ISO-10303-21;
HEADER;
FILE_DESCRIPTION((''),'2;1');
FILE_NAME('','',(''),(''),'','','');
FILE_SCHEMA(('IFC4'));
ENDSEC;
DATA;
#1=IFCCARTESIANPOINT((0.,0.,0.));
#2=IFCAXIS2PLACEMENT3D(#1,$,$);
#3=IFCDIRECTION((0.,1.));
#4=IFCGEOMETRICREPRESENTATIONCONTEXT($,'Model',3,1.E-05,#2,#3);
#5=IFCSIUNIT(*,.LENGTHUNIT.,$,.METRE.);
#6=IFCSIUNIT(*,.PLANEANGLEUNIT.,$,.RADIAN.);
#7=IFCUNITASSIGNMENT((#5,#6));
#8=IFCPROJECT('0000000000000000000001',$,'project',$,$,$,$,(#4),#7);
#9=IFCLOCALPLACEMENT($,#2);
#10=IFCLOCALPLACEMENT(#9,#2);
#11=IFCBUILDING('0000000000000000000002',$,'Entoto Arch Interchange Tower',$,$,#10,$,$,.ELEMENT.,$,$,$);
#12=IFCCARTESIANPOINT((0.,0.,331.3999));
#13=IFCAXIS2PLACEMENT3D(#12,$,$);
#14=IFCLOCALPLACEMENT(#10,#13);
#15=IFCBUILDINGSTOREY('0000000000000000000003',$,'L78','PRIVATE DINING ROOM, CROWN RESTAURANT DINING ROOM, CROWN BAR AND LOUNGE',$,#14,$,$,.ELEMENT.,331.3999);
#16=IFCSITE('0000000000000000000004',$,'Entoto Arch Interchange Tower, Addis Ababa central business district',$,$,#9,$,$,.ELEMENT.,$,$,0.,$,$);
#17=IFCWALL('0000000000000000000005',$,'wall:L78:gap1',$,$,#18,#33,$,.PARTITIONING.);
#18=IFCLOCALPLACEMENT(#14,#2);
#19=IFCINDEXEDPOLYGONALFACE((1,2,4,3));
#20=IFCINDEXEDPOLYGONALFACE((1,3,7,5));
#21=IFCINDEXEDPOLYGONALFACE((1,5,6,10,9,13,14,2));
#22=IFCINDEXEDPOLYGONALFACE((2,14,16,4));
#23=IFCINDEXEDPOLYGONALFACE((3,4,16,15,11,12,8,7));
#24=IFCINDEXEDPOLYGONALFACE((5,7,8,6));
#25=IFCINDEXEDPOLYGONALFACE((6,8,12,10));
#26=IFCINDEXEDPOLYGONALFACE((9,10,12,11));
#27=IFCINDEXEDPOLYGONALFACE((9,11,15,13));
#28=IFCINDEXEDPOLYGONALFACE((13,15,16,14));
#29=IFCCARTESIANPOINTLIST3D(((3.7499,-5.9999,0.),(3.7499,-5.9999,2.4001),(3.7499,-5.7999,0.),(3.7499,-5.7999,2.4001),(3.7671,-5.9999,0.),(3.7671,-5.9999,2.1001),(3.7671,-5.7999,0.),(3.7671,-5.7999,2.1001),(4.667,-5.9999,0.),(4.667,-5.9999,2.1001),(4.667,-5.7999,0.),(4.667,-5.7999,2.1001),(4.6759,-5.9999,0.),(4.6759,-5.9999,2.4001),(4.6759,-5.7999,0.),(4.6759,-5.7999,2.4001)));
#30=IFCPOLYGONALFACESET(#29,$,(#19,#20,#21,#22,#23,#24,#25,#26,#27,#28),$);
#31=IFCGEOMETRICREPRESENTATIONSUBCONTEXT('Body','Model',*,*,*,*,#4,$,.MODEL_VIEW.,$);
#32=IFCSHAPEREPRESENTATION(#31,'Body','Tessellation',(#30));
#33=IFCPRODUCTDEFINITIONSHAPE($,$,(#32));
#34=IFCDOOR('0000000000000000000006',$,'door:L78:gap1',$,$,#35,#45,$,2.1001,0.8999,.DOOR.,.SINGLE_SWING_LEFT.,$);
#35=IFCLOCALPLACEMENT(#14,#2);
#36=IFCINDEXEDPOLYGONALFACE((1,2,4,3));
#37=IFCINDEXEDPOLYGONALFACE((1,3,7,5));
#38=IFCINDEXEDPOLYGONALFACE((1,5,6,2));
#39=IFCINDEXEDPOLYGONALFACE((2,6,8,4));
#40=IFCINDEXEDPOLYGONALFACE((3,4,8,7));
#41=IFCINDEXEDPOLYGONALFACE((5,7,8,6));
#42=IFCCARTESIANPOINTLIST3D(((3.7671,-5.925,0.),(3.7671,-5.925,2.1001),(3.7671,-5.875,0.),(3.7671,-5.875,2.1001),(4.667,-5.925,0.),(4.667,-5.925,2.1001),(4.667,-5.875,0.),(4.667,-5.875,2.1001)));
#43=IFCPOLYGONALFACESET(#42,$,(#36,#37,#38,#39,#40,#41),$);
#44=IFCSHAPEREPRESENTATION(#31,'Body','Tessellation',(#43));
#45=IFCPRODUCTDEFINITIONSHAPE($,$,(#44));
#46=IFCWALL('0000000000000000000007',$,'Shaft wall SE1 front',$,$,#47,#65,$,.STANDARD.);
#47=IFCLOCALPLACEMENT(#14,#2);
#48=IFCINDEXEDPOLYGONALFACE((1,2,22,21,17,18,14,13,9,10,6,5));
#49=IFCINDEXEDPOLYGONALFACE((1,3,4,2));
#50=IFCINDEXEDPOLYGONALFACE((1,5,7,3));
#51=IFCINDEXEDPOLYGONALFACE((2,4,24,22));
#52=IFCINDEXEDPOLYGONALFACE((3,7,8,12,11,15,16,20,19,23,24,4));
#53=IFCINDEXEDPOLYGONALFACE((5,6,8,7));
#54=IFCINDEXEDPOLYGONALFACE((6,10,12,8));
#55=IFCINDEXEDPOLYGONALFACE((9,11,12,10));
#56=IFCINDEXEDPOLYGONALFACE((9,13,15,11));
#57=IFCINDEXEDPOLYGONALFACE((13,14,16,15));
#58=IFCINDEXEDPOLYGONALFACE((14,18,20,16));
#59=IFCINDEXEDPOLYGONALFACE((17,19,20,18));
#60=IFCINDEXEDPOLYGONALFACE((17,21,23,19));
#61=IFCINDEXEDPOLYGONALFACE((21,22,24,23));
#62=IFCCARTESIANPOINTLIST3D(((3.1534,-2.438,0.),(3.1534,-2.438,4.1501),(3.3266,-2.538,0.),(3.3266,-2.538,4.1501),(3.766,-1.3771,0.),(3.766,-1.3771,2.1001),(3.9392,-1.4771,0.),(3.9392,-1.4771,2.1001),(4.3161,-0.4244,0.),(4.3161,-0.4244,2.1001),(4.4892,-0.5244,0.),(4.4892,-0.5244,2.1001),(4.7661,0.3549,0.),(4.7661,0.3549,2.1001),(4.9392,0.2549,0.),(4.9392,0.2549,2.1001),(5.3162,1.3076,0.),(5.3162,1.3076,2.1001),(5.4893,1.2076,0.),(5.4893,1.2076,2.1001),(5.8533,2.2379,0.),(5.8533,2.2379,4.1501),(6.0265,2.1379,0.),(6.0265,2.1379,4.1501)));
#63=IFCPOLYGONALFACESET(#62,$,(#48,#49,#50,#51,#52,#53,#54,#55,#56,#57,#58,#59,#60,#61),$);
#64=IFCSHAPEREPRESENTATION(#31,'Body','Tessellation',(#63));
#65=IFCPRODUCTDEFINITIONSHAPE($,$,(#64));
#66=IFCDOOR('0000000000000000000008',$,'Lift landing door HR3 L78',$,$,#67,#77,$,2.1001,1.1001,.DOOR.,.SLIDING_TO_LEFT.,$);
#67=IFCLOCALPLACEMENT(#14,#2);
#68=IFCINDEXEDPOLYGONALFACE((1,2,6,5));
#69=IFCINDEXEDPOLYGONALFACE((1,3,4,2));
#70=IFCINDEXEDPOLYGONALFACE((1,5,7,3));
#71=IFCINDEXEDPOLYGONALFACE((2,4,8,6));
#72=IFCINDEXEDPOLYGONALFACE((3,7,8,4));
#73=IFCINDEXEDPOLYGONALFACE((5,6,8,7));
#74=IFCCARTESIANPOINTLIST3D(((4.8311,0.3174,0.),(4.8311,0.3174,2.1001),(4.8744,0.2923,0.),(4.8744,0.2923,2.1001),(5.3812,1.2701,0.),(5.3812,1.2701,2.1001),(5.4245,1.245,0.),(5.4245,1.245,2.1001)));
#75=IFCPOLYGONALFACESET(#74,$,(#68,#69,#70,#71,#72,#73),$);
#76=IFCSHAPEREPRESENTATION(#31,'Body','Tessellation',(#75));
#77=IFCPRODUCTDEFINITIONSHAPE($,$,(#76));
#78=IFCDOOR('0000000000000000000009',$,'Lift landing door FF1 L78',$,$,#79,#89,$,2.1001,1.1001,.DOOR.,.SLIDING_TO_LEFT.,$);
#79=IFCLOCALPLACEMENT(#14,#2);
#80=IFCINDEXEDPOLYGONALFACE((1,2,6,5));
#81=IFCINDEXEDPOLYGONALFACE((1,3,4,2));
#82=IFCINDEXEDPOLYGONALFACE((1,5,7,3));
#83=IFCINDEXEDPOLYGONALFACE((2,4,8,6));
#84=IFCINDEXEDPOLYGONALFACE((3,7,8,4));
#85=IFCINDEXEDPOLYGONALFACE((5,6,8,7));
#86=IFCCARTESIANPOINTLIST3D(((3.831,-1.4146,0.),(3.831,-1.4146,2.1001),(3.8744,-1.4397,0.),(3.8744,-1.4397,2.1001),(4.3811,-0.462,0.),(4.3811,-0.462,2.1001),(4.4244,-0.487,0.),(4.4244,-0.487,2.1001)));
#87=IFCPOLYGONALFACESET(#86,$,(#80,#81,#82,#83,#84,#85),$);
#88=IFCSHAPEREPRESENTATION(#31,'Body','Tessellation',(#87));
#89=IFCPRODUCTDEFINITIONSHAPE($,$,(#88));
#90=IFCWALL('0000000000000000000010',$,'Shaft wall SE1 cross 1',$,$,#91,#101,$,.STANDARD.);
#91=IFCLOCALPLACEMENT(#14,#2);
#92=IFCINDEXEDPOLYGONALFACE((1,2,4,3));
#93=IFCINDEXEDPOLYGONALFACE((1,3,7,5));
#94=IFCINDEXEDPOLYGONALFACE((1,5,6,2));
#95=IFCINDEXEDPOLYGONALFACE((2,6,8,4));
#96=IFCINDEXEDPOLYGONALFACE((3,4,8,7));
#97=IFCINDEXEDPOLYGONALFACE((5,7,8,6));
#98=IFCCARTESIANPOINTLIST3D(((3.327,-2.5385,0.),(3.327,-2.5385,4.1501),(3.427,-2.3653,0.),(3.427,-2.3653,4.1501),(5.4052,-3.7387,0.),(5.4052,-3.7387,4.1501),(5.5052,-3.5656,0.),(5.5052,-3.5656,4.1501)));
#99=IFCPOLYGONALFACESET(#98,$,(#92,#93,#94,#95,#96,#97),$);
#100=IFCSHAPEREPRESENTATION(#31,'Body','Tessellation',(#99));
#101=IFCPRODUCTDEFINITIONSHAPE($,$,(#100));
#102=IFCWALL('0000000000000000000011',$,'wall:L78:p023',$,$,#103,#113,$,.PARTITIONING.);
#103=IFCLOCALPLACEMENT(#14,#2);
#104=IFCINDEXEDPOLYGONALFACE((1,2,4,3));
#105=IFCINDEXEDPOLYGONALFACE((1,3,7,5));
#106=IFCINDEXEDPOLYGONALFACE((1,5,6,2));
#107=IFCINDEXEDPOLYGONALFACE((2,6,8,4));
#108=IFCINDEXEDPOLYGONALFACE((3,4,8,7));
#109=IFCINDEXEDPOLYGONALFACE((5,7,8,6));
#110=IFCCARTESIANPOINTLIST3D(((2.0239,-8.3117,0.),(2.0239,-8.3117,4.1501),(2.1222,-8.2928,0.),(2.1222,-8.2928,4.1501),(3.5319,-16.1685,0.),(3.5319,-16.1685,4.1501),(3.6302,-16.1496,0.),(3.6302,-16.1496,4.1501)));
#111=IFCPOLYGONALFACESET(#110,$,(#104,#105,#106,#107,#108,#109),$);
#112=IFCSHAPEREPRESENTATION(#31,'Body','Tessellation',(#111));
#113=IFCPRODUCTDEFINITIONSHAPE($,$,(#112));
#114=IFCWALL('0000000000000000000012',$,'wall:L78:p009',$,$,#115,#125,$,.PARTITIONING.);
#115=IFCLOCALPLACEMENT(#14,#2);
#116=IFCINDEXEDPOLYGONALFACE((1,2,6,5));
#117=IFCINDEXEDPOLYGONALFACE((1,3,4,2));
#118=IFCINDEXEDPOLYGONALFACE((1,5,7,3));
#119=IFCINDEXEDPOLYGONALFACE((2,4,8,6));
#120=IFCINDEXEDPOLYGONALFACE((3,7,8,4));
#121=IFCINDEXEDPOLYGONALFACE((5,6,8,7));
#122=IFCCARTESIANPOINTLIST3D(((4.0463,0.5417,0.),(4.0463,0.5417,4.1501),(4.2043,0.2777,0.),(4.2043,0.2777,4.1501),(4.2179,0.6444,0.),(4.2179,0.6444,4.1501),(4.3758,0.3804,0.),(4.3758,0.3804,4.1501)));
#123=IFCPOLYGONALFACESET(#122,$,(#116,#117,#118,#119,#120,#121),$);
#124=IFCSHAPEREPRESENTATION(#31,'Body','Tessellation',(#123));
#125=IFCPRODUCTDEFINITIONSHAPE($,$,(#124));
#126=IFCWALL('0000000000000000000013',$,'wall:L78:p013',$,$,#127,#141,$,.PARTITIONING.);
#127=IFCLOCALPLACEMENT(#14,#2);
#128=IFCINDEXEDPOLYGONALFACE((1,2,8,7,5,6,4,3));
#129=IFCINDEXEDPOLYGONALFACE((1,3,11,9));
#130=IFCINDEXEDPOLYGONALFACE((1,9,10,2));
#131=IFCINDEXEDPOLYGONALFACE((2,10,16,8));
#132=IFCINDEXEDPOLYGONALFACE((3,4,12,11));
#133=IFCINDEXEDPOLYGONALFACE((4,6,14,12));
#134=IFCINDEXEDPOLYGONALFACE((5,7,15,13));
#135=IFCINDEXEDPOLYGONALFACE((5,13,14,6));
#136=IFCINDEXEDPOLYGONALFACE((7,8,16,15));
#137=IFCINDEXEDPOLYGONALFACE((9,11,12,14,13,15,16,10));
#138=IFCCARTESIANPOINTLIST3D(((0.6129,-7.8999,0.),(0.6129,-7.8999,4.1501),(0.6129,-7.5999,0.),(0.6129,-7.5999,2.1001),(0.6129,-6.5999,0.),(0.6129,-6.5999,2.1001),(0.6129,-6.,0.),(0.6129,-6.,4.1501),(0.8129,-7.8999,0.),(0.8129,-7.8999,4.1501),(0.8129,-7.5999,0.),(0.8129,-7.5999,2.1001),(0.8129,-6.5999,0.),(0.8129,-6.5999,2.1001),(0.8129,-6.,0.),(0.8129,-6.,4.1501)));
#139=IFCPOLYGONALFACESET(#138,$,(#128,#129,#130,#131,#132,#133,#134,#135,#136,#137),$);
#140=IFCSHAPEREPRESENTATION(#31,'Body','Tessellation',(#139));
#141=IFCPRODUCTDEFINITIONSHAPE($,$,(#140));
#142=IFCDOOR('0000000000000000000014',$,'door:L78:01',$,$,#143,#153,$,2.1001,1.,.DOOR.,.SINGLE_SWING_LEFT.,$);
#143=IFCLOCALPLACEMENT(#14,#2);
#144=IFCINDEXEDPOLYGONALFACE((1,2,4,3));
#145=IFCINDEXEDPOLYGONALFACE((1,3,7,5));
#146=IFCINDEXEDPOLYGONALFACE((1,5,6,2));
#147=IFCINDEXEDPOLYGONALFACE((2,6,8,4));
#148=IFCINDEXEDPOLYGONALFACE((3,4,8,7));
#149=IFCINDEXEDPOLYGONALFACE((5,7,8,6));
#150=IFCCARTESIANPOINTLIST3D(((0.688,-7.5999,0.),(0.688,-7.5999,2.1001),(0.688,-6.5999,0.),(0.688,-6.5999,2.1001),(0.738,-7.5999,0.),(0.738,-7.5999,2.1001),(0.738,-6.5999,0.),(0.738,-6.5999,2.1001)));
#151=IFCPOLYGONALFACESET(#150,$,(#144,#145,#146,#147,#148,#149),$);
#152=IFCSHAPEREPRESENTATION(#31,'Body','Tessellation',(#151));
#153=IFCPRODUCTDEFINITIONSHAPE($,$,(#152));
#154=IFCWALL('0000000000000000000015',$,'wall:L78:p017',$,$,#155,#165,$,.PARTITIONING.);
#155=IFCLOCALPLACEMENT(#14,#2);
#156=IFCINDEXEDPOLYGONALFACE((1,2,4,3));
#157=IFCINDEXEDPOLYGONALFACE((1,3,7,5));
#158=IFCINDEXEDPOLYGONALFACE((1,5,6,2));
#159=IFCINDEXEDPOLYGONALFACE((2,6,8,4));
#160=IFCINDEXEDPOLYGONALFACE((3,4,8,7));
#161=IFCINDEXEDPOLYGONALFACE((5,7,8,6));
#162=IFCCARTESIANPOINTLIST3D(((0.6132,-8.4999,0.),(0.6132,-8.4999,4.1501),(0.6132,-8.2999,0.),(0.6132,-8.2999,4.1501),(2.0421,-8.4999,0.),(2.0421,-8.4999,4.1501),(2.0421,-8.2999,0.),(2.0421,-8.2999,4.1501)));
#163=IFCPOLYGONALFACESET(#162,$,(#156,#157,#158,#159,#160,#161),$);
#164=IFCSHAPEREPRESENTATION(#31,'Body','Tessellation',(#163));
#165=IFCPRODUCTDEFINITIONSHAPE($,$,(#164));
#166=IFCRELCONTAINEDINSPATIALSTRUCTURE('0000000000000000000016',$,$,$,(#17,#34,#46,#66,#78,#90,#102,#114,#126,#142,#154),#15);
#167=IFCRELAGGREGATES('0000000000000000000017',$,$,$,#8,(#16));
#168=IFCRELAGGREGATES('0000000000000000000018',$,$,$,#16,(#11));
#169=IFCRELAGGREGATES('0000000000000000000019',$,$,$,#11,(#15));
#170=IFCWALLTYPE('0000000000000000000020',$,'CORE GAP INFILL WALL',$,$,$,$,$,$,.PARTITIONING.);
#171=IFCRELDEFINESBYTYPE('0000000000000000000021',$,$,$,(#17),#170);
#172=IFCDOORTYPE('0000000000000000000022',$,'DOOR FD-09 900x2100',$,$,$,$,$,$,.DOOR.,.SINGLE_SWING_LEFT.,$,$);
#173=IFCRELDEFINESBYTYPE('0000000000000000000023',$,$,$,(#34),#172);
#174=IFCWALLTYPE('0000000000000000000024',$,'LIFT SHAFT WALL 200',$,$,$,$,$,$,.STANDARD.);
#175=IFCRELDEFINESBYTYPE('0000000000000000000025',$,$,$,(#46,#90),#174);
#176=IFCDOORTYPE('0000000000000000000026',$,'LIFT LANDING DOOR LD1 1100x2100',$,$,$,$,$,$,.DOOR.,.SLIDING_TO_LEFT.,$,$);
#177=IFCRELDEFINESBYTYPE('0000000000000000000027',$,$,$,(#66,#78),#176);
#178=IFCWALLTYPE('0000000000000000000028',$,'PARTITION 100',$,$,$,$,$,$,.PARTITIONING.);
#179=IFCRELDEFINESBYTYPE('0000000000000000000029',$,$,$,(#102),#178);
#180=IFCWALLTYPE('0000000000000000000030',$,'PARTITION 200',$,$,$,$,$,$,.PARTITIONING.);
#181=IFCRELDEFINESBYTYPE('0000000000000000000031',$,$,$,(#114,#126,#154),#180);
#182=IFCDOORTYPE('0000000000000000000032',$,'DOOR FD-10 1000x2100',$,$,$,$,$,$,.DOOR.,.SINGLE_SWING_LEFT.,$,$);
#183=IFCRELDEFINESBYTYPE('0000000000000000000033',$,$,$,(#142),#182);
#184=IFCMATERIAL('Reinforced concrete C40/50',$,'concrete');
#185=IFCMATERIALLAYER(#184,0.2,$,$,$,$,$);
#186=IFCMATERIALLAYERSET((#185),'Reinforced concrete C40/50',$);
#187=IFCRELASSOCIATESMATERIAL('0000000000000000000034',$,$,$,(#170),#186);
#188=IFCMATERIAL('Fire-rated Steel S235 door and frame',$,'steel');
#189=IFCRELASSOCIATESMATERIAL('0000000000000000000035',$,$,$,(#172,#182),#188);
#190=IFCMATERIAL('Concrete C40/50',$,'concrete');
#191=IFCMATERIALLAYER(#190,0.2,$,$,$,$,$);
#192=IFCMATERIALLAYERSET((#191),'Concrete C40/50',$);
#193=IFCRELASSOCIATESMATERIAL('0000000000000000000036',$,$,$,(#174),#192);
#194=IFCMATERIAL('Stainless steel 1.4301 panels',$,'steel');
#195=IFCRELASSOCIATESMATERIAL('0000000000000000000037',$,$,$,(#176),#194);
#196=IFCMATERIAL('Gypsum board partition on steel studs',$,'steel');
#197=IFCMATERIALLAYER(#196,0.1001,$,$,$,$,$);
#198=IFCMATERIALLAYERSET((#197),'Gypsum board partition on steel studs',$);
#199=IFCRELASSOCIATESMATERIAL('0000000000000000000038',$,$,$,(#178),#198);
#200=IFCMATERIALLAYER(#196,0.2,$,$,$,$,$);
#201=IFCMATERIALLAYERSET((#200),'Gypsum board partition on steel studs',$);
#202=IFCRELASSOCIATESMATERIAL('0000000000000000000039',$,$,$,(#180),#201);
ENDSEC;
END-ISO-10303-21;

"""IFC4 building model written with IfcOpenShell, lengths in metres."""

from ifc_helpers import new_model, si_unit, direction, frame, frame_2d, origin, place, context, subcontext, project, spatial, rectangle, extrude, material, layer, layer_set, type_object, element, fill, save


model = new_model("IFC4")

# Units and contexts
model_context = context("Model", 3, precision=1e-05, world=origin(), true_north=direction((0.0, 1.0)))
body_context = subcontext(model_context, "Body", "Model", "MODEL_VIEW")
ifc_project = project(units=[si_unit("LENGTHUNIT", "METRE"), si_unit("PLANEANGLEUNIT", "RADIAN")], contexts=[model_context])

# Site, building, storey
site_placement = place(None, origin())
site = spatial("IfcSite", under=ifc_project, at=site_placement, Name="Entoto Arch Interchange Tower, Addis Ababa central business district", CompositionType="ELEMENT", RefElevation=0.0)
building_placement = place(site_placement, origin())
building = spatial("IfcBuilding", under=site, at=building_placement, Name="Entoto Arch Interchange Tower", CompositionType="ELEMENT")
storey_placement = place(building_placement, frame((0.0, 0.0, 331.3999)))
storey = spatial("IfcBuildingStorey", under=building, at=storey_placement, Name="L78", Description="PRIVATE DINING ROOM, CROWN RESTAURANT DINING ROOM, CROWN BAR AND LOUNGE", CompositionType="ELEMENT", Elevation=331.3999)

# Shared definitions
ifc_material_1 = material(Name="Concrete C40/50", Category="concrete")

# Wall, opening, door
ifc_material_2 = material(Name="Reinforced concrete C40/50", Category="concrete")
ifc_layer_1 = layer(ifc_material_2, 0.2)
ifc_layer_set_1 = layer_set([ifc_layer_1], Name="Reinforced concrete C40/50")
wall_type_1 = type_object("IfcWallType", Name="CORE GAP INFILL WALL", PredefinedType="PARTITIONING", material=ifc_layer_set_1)
wall_1_placement = place(storey_placement, frame((3.75, -5.8999, 0.0), z_axis=(0.0, 0.0, 1.0), x_axis=(1.0, 0.0, 0.0)))
wall_1 = element("IfcWall", 1, at=wall_1_placement, inside=storey, type_object=wall_type_1, Name="wall:L78:gap1", PredefinedType="PARTITIONING", context=body_context, shape_type="SweptSolid", body=[
    extrude(rectangle(XDim=0.926, YDim=0.2, at=frame_2d((0.4629, 0.0))), origin(), (0.0, 0.0, 1.0), 2.4001),
])
opening_1_placement = place(wall_1_placement, frame((0.0171, 0.0, 0.0)))
opening_1 = element("IfcOpeningElement", 2, at=opening_1_placement, cuts=wall_1, PredefinedType="OPENING", context=body_context, shape_type="SweptSolid", body=[
    extrude(rectangle(XDim=0.8999, YDim=2.1001, at=frame_2d((0.45, 1.05))), frame((0.0, 0.1099, 0.0), z_axis=(0.0, -1.0, 0.0), x_axis=(1.0, 0.0, 0.0)), (0.0, 0.0, 1.0), 0.22),
])
ifc_material_3 = material(Name="Fire-rated Steel S235 door and frame", Category="steel")
door_type_1 = type_object("IfcDoorType", Name="DOOR FD-09 900x2100", OperationType="SINGLE_SWING_LEFT", PredefinedType="DOOR", material=ifc_material_3)
door_1_placement = place(opening_1_placement, origin())
door_1 = element("IfcDoor", 3, at=door_1_placement, inside=storey, type_object=door_type_1, Name="door:L78:gap1", OperationType="SINGLE_SWING_LEFT", OverallHeight=2.1001, OverallWidth=0.8999, PredefinedType="DOOR", context=body_context, shape_type="SweptSolid", body=[
    extrude(rectangle(XDim=0.8999, YDim=2.1001, at=frame_2d((0.45, 1.05))), frame((0.0, 0.0249, 0.0), z_axis=(0.0, -1.0, 0.0), x_axis=(1.0, 0.0, 0.0)), (0.0, 0.0, 1.0), 0.05),
])
fill(opening_1, door_1)

# Wall, openings, doors
ifc_layer_2 = layer(ifc_material_1, 0.2)
ifc_layer_set_2 = layer_set([ifc_layer_2], Name="Concrete C40/50")
wall_type_2 = type_object("IfcWallType", Name="LIFT SHAFT WALL 200", PredefinedType="STANDARD", material=ifc_layer_set_2)
wall_2_placement = place(storey_placement, frame((3.24, -2.488, 0.0), z_axis=(0.0, 0.0, 1.0), x_axis=(0.500034, 0.866006, 0.0)))
wall_2 = element("IfcWall", 4, at=wall_2_placement, inside=storey, type_object=wall_type_2, Name="Shaft wall SE1 front", PredefinedType="STANDARD", context=body_context, shape_type="SweptSolid", body=[
    extrude(rectangle(XDim=5.3994, YDim=0.2, at=frame_2d((2.6997, 0.0))), origin(), (0.0, 0.0, 1.0), 4.1501),
])
opening_2_placement = place(wall_2_placement, frame((3.2251, 0.0, 0.0)))
opening_2 = element("IfcOpeningElement", 5, at=opening_2_placement, cuts=wall_2, PredefinedType="OPENING", context=body_context, shape_type="SweptSolid", body=[
    extrude(rectangle(XDim=1.1001, YDim=2.1001, at=frame_2d((0.55, 1.05))), frame((0.0, 0.1099, 0.0), z_axis=(0.0, -1.0, 0.0), x_axis=(1.0, 0.0, 0.0)), (0.0, 0.0, 1.0), 0.22),
])
opening_3_placement = place(wall_2_placement, frame((1.2251, 0.0, 0.0)))
opening_3 = element("IfcOpeningElement", 6, at=opening_3_placement, cuts=wall_2, PredefinedType="OPENING", context=body_context, shape_type="SweptSolid", body=[
    extrude(rectangle(XDim=1.1001, YDim=2.1001, at=frame_2d((0.55, 1.05))), frame((0.0, 0.1099, 0.0), z_axis=(0.0, -1.0, 0.0), x_axis=(1.0, 0.0, 0.0)), (0.0, 0.0, 1.0), 0.22),
])
ifc_material_4 = material(Name="Stainless steel 1.4301 panels", Category="steel")
door_type_2 = type_object("IfcDoorType", Name="LIFT LANDING DOOR LD1 1100x2100", OperationType="SLIDING_TO_LEFT", PredefinedType="DOOR", material=ifc_material_4)
door_2_placement = place(opening_2_placement, origin())
door_2 = element("IfcDoor", 7, at=door_2_placement, inside=storey, type_object=door_type_2, Name="Lift landing door HR3 L78", OperationType="SLIDING_TO_LEFT", OverallHeight=2.1001, OverallWidth=1.1001, PredefinedType="DOOR", context=body_context, shape_type="SweptSolid", body=[
    extrude(rectangle(XDim=1.1001, YDim=2.1001, at=frame_2d((0.55, 1.05))), frame((0.0, 0.0249, 0.0), z_axis=(0.0, -1.0, 0.0), x_axis=(1.0, 0.0, 0.0)), (0.0, 0.0, 1.0), 0.05),
])
fill(opening_2, door_2)
door_3_placement = place(opening_3_placement, origin())
door_3 = element("IfcDoor", 8, at=door_3_placement, inside=storey, type_object=door_type_2, Name="Lift landing door FF1 L78", OperationType="SLIDING_TO_LEFT", OverallHeight=2.1001, OverallWidth=1.1001, PredefinedType="DOOR", context=body_context, shape_type="SweptSolid", body=[
    extrude(rectangle(XDim=1.1001, YDim=2.1001, at=frame_2d((0.55, 1.05))), frame((0.0, 0.0249, 0.0), z_axis=(0.0, -1.0, 0.0), x_axis=(1.0, 0.0, 0.0)), (0.0, 0.0, 1.0), 0.05),
])
fill(opening_3, door_3)

# Walls
wall_3_placement = place(storey_placement, frame((3.377, -2.4519, 0.0), z_axis=(0.0, 0.0, 1.0), x_axis=(0.865955, -0.500122, 0.0)))
element("IfcWall", 9, at=wall_3_placement, inside=storey, type_object=wall_type_2, Name="Shaft wall SE1 cross 1", PredefinedType="STANDARD", context=body_context, shape_type="SweptSolid", body=[
    extrude(rectangle(XDim=2.3999, YDim=0.2, at=frame_2d((1.2, 0.0))), origin(), (0.0, 0.0, 1.0), 4.1501),
])
ifc_material_5 = material(Name="Gypsum board partition on steel studs", Category="steel")
ifc_layer_3 = layer(ifc_material_5, 0.1001)
ifc_layer_set_3 = layer_set([ifc_layer_3], Name="Gypsum board partition on steel studs")
wall_type_3 = type_object("IfcWallType", Name="PARTITION 100", PredefinedType="PARTITIONING", material=ifc_layer_set_3)
wall_4_placement = place(storey_placement, frame((3.5811, -16.1589, 0.0), z_axis=(0.0, 0.0, 1.0), x_axis=(-0.188499, 0.982073, 0.0)))
element("IfcWall", 10, at=wall_4_placement, inside=storey, type_object=wall_type_3, Name="wall:L78:p023", PredefinedType="PARTITIONING", context=body_context, shape_type="SweptSolid", body=[
    extrude(rectangle(XDim=8.0002, YDim=0.1001, at=frame_2d((4.0, 0.0))), origin(), (0.0, 0.0, 1.0), 4.1501),
])
ifc_layer_4 = layer(ifc_material_5, 0.2)
ifc_layer_set_4 = layer_set([ifc_layer_4], Name="Gypsum board partition on steel studs")
wall_type_4 = type_object("IfcWallType", Name="PARTITION 200", PredefinedType="PARTITIONING", material=ifc_layer_set_4)
wall_5_placement = place(storey_placement, frame((4.1321, 0.593, 0.0), z_axis=(0.0, 0.0, 1.0), x_axis=(0.513562, -0.858053, 0.0)))
element("IfcWall", 11, at=wall_5_placement, inside=storey, type_object=wall_type_4, Name="wall:L78:p009", PredefinedType="PARTITIONING", context=body_context, shape_type="SweptSolid", body=[
    extrude(rectangle(XDim=0.3076, YDim=0.2, at=frame_2d((0.1538, 0.0))), origin(), (0.0, 0.0, 1.0), 4.1501),
])

# Wall, opening, door
wall_6_placement = place(storey_placement, frame((0.7129, -7.8999, 0.0), z_axis=(0.0, 0.0, 1.0), x_axis=(0.0, 1.0, 0.0)))
wall_6 = element("IfcWall", 12, at=wall_6_placement, inside=storey, type_object=wall_type_4, Name="wall:L78:p013", PredefinedType="PARTITIONING", context=body_context, shape_type="SweptSolid", body=[
    extrude(rectangle(XDim=1.8999, YDim=0.2, at=frame_2d((0.95, 0.0))), origin(), (0.0, 0.0, 1.0), 4.1501),
])
opening_4_placement = place(wall_6_placement, frame((0.3, 0.0, 0.0)))
opening_4 = element("IfcOpeningElement", 13, at=opening_4_placement, cuts=wall_6, PredefinedType="OPENING", context=body_context, shape_type="SweptSolid", body=[
    extrude(rectangle(XDim=1.0, YDim=2.1001, at=frame_2d((0.5, 1.05))), frame((0.0, 0.1099, 0.0), z_axis=(0.0, -1.0, 0.0), x_axis=(1.0, 0.0, 0.0)), (0.0, 0.0, 1.0), 0.22),
])
door_type_3 = type_object("IfcDoorType", Name="DOOR FD-10 1000x2100", OperationType="SINGLE_SWING_LEFT", PredefinedType="DOOR", material=ifc_material_3)
door_4_placement = place(opening_4_placement, origin())
door_4 = element("IfcDoor", 14, at=door_4_placement, inside=storey, type_object=door_type_3, Name="door:L78:01", OperationType="SINGLE_SWING_LEFT", OverallHeight=2.1001, OverallWidth=1.0, PredefinedType="DOOR", context=body_context, shape_type="SweptSolid", body=[
    extrude(rectangle(XDim=1.0, YDim=2.1001, at=frame_2d((0.5, 1.05))), frame((0.0, 0.0249, 0.0), z_axis=(0.0, -1.0, 0.0), x_axis=(1.0, 0.0, 0.0)), (0.0, 0.0, 1.0), 0.05),
])
fill(opening_4, door_4)

# Wall
wall_7_placement = place(storey_placement, frame((2.042, -8.3999, 0.0), z_axis=(0.0, 0.0, 1.0), x_axis=(-1.0, 0.0, 0.0)))
element("IfcWall", 15, at=wall_7_placement, inside=storey, type_object=wall_type_4, Name="wall:L78:p017", PredefinedType="PARTITIONING", context=body_context, shape_type="SweptSolid", body=[
    extrude(rectangle(XDim=1.429, YDim=0.2, at=frame_2d((0.7144, 0.0))), origin(), (0.0, 0.0, 1.0), 4.1501),
])

save(model, "model.ifc")
